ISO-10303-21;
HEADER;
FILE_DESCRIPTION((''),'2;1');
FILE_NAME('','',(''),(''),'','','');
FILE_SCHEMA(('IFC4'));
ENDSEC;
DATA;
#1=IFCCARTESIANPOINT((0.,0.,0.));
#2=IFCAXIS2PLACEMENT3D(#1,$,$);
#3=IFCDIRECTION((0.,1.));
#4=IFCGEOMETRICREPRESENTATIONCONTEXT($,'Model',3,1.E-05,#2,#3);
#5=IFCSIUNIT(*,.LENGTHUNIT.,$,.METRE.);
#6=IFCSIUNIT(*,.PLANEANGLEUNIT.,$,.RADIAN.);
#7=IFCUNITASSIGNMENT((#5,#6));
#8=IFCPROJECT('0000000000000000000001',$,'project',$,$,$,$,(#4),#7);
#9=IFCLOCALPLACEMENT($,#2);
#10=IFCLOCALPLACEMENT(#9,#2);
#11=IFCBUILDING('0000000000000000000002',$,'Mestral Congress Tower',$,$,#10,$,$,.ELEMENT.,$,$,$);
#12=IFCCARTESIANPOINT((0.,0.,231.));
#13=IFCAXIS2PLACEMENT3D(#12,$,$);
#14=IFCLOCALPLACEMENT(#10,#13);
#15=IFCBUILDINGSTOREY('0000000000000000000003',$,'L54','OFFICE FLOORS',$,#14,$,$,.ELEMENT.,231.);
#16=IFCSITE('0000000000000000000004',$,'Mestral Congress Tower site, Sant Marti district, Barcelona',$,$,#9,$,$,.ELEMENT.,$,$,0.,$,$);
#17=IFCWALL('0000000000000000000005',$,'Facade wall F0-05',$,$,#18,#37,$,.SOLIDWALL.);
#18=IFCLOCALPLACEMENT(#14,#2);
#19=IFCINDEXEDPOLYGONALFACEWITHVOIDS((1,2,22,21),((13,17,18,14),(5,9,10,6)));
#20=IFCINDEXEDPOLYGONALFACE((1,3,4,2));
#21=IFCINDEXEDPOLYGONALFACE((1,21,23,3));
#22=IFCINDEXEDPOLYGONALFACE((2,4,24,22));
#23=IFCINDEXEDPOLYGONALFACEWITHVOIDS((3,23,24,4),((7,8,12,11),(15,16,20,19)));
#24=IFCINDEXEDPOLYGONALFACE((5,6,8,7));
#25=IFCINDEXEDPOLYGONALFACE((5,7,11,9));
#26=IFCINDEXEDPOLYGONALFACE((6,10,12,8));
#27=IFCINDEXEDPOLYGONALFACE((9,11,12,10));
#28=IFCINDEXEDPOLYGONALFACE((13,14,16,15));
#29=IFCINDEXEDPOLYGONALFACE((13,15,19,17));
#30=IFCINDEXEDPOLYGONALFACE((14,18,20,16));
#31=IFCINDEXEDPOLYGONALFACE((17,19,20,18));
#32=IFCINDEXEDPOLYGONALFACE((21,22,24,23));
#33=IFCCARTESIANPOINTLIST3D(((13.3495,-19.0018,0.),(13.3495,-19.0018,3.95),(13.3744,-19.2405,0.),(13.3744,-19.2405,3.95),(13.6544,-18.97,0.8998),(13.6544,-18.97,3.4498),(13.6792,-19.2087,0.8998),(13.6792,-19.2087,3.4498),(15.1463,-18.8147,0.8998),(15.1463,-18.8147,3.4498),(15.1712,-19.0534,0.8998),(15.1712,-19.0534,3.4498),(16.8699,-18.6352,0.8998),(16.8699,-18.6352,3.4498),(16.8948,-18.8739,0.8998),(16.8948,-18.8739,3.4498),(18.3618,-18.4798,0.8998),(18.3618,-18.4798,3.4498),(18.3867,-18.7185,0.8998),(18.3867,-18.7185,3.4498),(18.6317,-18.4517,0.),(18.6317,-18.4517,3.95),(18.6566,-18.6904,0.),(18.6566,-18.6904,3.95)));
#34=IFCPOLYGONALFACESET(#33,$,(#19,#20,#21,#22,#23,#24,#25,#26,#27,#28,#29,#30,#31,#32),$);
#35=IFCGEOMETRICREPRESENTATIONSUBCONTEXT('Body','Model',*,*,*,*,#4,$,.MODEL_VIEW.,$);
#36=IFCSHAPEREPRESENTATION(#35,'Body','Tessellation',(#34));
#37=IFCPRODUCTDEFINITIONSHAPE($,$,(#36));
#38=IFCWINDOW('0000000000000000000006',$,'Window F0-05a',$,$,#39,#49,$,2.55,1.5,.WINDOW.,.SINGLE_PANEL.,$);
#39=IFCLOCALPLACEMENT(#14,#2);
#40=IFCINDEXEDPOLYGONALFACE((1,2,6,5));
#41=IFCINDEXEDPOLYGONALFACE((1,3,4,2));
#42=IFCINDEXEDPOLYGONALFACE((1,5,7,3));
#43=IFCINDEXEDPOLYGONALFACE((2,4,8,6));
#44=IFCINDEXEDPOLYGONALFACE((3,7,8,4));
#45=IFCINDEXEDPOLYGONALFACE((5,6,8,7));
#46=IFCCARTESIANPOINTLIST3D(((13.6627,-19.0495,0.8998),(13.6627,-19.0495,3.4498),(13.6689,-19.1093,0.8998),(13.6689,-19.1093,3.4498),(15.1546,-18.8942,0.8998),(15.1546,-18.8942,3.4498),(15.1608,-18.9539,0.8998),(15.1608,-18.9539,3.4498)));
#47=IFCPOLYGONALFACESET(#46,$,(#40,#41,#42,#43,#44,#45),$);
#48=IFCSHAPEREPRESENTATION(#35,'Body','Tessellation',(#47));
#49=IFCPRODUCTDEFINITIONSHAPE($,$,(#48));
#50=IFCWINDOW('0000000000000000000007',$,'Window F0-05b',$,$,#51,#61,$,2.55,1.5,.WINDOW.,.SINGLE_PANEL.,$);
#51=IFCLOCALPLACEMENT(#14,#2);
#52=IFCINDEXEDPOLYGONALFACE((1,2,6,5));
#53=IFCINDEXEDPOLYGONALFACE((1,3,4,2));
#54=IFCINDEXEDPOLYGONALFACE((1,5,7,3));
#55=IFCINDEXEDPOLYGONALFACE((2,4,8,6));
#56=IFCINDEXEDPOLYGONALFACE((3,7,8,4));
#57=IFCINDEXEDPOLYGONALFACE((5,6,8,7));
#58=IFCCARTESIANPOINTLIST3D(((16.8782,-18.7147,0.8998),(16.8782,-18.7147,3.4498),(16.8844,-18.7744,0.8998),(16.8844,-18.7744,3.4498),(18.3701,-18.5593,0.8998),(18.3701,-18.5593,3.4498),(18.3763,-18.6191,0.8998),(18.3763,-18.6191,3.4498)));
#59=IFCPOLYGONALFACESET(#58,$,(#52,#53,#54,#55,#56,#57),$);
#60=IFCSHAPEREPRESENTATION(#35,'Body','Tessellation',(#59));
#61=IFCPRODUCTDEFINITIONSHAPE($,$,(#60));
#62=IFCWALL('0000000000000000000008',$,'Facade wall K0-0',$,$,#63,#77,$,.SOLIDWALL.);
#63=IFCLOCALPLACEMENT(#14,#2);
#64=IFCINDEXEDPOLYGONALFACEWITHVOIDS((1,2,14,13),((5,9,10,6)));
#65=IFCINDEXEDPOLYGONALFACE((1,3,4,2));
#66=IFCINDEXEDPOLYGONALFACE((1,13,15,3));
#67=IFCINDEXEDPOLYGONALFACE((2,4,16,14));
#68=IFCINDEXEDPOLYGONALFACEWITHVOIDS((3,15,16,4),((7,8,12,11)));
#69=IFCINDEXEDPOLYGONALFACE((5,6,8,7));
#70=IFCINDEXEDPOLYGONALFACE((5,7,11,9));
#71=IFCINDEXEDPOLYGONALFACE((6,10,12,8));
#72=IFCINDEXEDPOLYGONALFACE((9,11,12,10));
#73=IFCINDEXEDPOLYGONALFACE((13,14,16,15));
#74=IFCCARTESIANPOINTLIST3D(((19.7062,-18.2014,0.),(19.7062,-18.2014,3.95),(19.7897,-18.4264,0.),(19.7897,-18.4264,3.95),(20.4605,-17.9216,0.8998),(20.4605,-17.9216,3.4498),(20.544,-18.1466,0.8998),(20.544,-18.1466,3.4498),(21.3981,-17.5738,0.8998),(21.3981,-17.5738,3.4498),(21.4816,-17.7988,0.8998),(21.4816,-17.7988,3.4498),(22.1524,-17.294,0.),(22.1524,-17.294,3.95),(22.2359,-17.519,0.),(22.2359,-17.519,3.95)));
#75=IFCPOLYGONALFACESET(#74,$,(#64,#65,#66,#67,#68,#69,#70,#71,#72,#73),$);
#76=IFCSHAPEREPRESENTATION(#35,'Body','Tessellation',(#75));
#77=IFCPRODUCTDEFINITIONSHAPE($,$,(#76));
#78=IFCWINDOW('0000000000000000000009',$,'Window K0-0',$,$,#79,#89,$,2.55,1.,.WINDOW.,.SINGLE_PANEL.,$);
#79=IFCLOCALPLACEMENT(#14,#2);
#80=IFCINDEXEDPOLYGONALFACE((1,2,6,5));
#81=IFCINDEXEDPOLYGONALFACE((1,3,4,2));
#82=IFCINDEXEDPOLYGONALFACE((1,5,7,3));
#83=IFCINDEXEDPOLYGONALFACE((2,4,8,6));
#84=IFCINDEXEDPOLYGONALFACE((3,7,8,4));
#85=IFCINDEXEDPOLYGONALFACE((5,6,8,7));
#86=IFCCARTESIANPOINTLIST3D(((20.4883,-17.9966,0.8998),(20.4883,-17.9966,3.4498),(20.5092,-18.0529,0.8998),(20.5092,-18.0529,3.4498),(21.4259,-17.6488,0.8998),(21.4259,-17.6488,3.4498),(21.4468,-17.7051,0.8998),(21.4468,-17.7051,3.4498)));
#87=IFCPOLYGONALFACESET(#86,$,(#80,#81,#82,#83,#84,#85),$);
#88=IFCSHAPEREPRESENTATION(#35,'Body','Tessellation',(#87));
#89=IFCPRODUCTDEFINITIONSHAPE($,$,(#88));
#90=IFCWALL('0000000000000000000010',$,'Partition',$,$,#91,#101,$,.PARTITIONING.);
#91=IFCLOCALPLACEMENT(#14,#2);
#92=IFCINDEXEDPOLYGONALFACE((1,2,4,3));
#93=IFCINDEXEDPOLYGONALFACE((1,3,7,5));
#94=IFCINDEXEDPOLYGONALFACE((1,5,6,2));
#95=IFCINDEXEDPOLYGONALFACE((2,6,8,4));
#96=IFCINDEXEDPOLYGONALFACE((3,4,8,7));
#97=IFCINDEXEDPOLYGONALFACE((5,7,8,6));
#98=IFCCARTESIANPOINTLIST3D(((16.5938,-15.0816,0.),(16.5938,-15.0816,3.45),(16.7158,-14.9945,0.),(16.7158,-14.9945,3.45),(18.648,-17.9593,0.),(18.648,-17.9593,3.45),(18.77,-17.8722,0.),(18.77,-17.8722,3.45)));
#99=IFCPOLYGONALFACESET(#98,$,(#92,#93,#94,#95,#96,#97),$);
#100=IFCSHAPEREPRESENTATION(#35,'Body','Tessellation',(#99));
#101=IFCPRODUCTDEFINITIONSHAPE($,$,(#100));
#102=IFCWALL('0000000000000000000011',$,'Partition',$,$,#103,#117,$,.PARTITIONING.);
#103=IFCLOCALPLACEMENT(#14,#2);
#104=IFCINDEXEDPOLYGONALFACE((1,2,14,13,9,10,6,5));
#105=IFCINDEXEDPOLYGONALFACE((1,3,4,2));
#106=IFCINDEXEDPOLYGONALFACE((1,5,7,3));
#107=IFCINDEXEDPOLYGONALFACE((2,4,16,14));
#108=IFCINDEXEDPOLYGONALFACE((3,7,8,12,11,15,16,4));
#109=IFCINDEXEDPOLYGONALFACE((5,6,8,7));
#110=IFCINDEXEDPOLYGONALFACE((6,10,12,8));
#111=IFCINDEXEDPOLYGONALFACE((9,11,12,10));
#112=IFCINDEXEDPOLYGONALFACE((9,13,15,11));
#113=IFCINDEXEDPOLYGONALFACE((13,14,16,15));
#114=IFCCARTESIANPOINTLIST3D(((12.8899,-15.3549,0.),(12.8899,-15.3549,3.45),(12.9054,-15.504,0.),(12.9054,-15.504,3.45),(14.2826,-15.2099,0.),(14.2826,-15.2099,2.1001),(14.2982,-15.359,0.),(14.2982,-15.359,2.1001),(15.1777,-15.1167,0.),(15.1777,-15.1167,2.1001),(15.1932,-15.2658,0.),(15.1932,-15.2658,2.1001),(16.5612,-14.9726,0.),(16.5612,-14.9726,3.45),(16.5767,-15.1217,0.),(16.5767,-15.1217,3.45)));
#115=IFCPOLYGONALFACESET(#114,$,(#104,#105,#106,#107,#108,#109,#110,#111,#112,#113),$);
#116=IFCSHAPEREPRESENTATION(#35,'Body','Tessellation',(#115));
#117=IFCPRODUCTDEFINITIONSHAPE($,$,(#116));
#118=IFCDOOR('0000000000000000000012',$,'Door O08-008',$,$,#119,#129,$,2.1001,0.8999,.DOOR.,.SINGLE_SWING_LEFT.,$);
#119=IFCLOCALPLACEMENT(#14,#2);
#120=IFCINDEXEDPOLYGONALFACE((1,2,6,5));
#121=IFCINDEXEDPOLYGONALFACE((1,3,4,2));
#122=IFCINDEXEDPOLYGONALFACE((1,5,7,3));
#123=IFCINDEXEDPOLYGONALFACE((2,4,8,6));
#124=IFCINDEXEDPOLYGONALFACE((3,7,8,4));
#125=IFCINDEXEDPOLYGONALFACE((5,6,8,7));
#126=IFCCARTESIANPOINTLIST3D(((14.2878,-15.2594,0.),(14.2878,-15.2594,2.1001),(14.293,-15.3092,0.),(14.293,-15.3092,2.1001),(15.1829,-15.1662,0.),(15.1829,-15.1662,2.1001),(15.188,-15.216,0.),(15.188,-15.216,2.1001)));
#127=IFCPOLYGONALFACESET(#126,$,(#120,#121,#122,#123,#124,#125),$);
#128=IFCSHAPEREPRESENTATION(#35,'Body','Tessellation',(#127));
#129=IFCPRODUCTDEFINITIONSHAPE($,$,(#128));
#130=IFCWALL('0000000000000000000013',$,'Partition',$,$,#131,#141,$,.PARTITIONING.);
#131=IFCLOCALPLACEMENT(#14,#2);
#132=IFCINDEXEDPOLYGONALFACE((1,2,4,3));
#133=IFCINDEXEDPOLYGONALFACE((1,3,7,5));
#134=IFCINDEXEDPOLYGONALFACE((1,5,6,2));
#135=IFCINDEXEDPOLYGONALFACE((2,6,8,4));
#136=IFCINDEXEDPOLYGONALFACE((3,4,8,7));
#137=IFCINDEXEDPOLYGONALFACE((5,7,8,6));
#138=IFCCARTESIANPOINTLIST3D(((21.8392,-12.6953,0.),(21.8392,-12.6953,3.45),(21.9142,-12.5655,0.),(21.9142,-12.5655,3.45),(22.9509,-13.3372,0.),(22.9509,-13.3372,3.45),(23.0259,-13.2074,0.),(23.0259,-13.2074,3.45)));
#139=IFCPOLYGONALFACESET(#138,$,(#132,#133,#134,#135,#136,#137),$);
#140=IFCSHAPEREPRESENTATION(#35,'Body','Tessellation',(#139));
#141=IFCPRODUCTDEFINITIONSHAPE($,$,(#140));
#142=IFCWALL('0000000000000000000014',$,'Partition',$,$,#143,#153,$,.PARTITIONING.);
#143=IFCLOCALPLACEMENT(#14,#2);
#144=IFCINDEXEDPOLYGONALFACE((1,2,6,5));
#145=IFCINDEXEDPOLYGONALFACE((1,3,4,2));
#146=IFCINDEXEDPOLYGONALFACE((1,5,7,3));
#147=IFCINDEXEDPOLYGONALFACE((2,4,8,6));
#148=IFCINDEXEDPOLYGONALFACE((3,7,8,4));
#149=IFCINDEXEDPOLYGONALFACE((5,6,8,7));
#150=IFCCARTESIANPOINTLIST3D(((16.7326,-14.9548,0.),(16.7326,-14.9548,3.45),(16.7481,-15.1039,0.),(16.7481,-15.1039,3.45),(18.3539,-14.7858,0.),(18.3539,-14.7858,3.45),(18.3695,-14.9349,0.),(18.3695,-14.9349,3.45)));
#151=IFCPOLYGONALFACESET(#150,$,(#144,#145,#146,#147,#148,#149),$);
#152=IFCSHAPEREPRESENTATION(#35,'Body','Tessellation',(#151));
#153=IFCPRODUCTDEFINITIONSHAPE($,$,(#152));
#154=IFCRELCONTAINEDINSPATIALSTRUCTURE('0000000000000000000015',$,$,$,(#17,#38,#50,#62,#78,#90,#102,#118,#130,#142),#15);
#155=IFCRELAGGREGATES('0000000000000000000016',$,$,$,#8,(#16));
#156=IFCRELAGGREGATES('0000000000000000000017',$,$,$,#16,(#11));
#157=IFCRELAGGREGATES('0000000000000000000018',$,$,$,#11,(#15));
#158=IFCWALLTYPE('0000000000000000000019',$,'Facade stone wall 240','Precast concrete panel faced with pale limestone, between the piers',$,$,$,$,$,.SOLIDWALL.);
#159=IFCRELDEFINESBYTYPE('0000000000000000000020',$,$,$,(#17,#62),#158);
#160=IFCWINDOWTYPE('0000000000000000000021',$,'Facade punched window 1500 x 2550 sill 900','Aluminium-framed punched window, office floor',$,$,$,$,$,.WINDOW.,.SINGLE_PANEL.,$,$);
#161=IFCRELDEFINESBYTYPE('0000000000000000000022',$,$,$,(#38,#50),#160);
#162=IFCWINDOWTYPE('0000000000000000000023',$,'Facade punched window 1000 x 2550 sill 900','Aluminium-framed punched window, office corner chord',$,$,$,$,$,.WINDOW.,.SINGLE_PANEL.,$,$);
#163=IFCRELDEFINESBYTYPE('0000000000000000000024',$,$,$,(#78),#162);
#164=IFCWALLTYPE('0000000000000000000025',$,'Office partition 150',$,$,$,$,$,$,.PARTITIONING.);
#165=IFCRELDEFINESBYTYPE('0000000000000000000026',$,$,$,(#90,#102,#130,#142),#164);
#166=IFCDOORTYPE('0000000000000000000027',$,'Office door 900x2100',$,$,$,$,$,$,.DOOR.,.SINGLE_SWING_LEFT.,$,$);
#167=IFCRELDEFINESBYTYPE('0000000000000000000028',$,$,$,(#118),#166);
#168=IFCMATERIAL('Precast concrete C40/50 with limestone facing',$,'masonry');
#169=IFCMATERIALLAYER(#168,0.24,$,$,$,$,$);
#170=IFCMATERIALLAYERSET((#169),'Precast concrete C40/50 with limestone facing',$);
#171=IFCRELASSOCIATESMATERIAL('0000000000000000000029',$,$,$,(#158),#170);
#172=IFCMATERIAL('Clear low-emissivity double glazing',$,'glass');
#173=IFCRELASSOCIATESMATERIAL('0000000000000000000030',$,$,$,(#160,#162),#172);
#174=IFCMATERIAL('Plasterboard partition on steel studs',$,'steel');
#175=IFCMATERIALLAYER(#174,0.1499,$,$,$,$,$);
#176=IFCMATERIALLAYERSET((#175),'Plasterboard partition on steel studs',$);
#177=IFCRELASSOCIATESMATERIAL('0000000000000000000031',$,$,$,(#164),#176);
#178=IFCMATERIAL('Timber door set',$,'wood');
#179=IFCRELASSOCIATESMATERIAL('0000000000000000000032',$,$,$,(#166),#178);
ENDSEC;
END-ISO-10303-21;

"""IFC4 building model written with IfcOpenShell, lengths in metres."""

from ifc_helpers import new_model, si_unit, direction, frame, frame_2d, origin, place, context, subcontext, project, spatial, rectangle, extrude, material, layer, layer_set, type_object, element, fill, save


model = new_model("IFC4")

# Units and contexts
model_context = context("Model", 3, precision=1e-05, world=origin(), true_north=direction((0.0, 1.0)))
body_context = subcontext(model_context, "Body", "Model", "MODEL_VIEW")
ifc_project = project(units=[si_unit("LENGTHUNIT", "METRE"), si_unit("PLANEANGLEUNIT", "RADIAN")], contexts=[model_context])

# Site, building, storey
site_placement = place(None, origin())
site = spatial("IfcSite", under=ifc_project, at=site_placement, Name="Mestral Congress Tower site, Sant Marti district, Barcelona", CompositionType="ELEMENT", RefElevation=0.0)
building_placement = place(site_placement, origin())
building = spatial("IfcBuilding", under=site, at=building_placement, Name="Mestral Congress Tower", CompositionType="ELEMENT")
storey_placement = place(building_placement, frame((0.0, 0.0, 231.0)))
storey = spatial("IfcBuildingStorey", under=building, at=storey_placement, Name="L54", Description="OFFICE FLOORS", CompositionType="ELEMENT", Elevation=231.0)

# Wall, openings, windows
ifc_material_1 = material(Name="Precast concrete C40/50 with limestone facing", Category="masonry")
ifc_layer_1 = layer(ifc_material_1, 0.24)
ifc_layer_set_1 = layer_set([ifc_layer_1], Name="Precast concrete C40/50 with limestone facing")
wall_type_1 = type_object("IfcWallType", Name="Facade stone wall 240", Description="Precast concrete panel faced with pale limestone, between the piers", PredefinedType="SOLIDWALL", material=ifc_layer_set_1)
wall_1_placement = place(storey_placement, frame((13.3621, -19.1211, 0.0), z_axis=(0.0, 0.0, 1.0), x_axis=(0.994622, 0.103572, 0.0)))
wall_1 = element("IfcWall", 1, at=wall_1_placement, inside=storey, type_object=wall_type_1, Name="Facade wall F0-05", PredefinedType="SOLIDWALL", context=body_context, shape_type="SweptSolid", body=[
    extrude(rectangle(XDim=5.3108, YDim=0.24, at=frame_2d((2.6553, 0.0))), origin(), (0.0, 0.0, 1.0), 3.95),
])
opening_1_placement = place(wall_1_placement, frame((0.3064, 0.0, 0.8999)))
opening_1 = element("IfcOpeningElement", 2, at=opening_1_placement, cuts=wall_1, PredefinedType="OPENING", context=body_context, shape_type="SweptSolid", body=[
    extrude(rectangle(XDim=1.5, YDim=2.55, at=frame_2d((0.75, 1.2749))), frame((0.0, 0.1299, 0.0), z_axis=(0.0, -1.0, 0.0), x_axis=(1.0, 0.0, 0.0)), (0.0, 0.0, 1.0), 0.26),
])
opening_2_placement = place(wall_1_placement, frame((3.5393, 0.0, 0.8999)))
opening_2 = element("IfcOpeningElement", 3, at=opening_2_placement, cuts=wall_1, PredefinedType="OPENING", context=body_context, shape_type="SweptSolid", body=[
    extrude(rectangle(XDim=1.5, YDim=2.55, at=frame_2d((0.75, 1.2749))), frame((0.0, 0.1299, 0.0), z_axis=(0.0, -1.0, 0.0), x_axis=(1.0, 0.0, 0.0)), (0.0, 0.0, 1.0), 0.26),
])
ifc_material_2 = material(Name="Clear low-emissivity double glazing", Category="glass")
window_type_1 = type_object("IfcWindowType", Name="Facade punched window 1500 x 2550 sill 900", Description="Aluminium-framed punched window, office floor", PartitioningType="SINGLE_PANEL", PredefinedType="WINDOW", material=ifc_material_2)
window_1_placement = place(opening_1_placement, origin())
window_1 = element("IfcWindow", 4, at=window_1_placement, inside=storey, type_object=window_type_1, Name="Window F0-05a", OverallHeight=2.55, OverallWidth=1.5, PartitioningType="SINGLE_PANEL", PredefinedType="WINDOW", context=body_context, shape_type="SweptSolid", body=[
    extrude(rectangle(XDim=1.5, YDim=2.55, at=frame_2d((0.75, 1.2749))), frame((0.0, 0.04, 0.0), z_axis=(0.0, -1.0, 0.0), x_axis=(1.0, 0.0, 0.0)), (0.0, 0.0, 1.0), 0.0601),
])
fill(opening_1, window_1)
window_2_placement = place(opening_2_placement, origin())
window_2 = element("IfcWindow", 5, at=window_2_placement, inside=storey, type_object=window_type_1, Name="Window F0-05b", OverallHeight=2.55, OverallWidth=1.5, PartitioningType="SINGLE_PANEL", PredefinedType="WINDOW", context=body_context, shape_type="SweptSolid", body=[
    extrude(rectangle(XDim=1.5, YDim=2.55, at=frame_2d((0.75, 1.2749))), frame((0.0, 0.04, 0.0), z_axis=(0.0, -1.0, 0.0), x_axis=(1.0, 0.0, 0.0)), (0.0, 0.0, 1.0), 0.0601),
])
fill(opening_2, window_2)

# Wall, opening, window
wall_2_placement = place(storey_placement, frame((19.7478, -18.314, 0.0), z_axis=(0.0, 0.0, 1.0), x_axis=(0.937569, 0.347799, 0.0)))
wall_2 = element("IfcWall", 6, at=wall_2_placement, inside=storey, type_object=wall_type_1, Name="Facade wall K0-0", PredefinedType="SOLIDWALL", context=body_context, shape_type="SweptSolid", body=[
    extrude(rectangle(XDim=2.6091, YDim=0.24, at=frame_2d((1.3047, 0.0))), origin(), (0.0, 0.0, 1.0), 3.95),
])
opening_3_placement = place(wall_2_placement, frame((0.8047, 0.0, 0.8999)))
opening_3 = element("IfcOpeningElement", 7, at=opening_3_placement, cuts=wall_2, PredefinedType="OPENING", context=body_context, shape_type="SweptSolid", body=[
    extrude(rectangle(XDim=1.0, YDim=2.55, at=frame_2d((0.5, 1.2749))), frame((0.0, 0.1299, 0.0), z_axis=(0.0, -1.0, 0.0), x_axis=(1.0, 0.0, 0.0)), (0.0, 0.0, 1.0), 0.26),
])
window_type_2 = type_object("IfcWindowType", Name="Facade punched window 1000 x 2550 sill 900", Description="Aluminium-framed punched window, office corner chord", PartitioningType="SINGLE_PANEL", PredefinedType="WINDOW", material=ifc_material_2)
window_3_placement = place(opening_3_placement, origin())
window_3 = element("IfcWindow", 8, at=window_3_placement, inside=storey, type_object=window_type_2, Name="Window K0-0", OverallHeight=2.55, OverallWidth=1.0, PartitioningType="SINGLE_PANEL", PredefinedType="WINDOW", context=body_context, shape_type="SweptSolid", body=[
    extrude(rectangle(XDim=1.0, YDim=2.55, at=frame_2d((0.5, 1.2749))), frame((0.0, 0.04, 0.0), z_axis=(0.0, -1.0, 0.0), x_axis=(1.0, 0.0, 0.0)), (0.0, 0.0, 1.0), 0.0601),
])
fill(opening_3, window_3)

# Wall
ifc_material_3 = material(Name="Plasterboard partition on steel studs", Category="steel")
ifc_layer_2 = layer(ifc_material_3, 0.1499)
ifc_layer_set_2 = layer_set([ifc_layer_2], Name="Plasterboard partition on steel studs")
wall_type_2 = type_object("IfcWallType", Name="Office partition 150", PredefinedType="PARTITIONING", material=ifc_layer_set_2)
wall_3_placement = place(storey_placement, frame((16.6548, -15.0381, 0.0), z_axis=(0.0, 0.0, 1.0), x_axis=(0.580996, -0.813906, 0.0)))
element("IfcWall", 9, at=wall_3_placement, inside=storey, type_object=wall_type_2, Name="Partition", PredefinedType="PARTITIONING", context=body_context, shape_type="SweptSolid", body=[
    extrude(rectangle(XDim=3.5356, YDim=0.1499, at=frame_2d((1.7678, 0.0))), origin(), (0.0, 0.0, 1.0), 3.45),
])

# Wall, opening, door
wall_4_placement = place(storey_placement, frame((16.5691, -15.0471, 0.0), z_axis=(0.0, 0.0, 1.0), x_axis=(-0.994622, -0.103576, 0.0)))
wall_4 = element("IfcWall", 10, at=wall_4_placement, inside=storey, type_object=wall_type_2, Name="Partition", PredefinedType="PARTITIONING", context=body_context, shape_type="SweptSolid", body=[
    extrude(rectangle(XDim=3.6912, YDim=0.1499, at=frame_2d((1.8457, 0.0))), origin(), (0.0, 0.0, 1.0), 3.45),
])
opening_4_placement = place(wall_4_placement, frame((1.3911, 0.0, 0.0)))
opening_4 = element("IfcOpeningElement", 11, at=opening_4_placement, cuts=wall_4, PredefinedType="OPENING", context=body_context, shape_type="SweptSolid", body=[
    extrude(rectangle(XDim=0.8999, YDim=2.1001, at=frame_2d((0.45, 1.05))), frame((0.0, 0.085, 0.0), z_axis=(0.0, -1.0, 0.0), x_axis=(1.0, 0.0, 0.0)), (0.0, 0.0, 1.0), 0.1699),
])
ifc_material_4 = material(Name="Timber door set", Category="wood")
door_type = type_object("IfcDoorType", Name="Office door 900x2100", OperationType="SINGLE_SWING_LEFT", PredefinedType="DOOR", material=ifc_material_4)
door_1_placement = place(opening_4_placement, origin())
door_1 = element("IfcDoor", 12, at=door_1_placement, inside=storey, type_object=door_type, Name="Door O08-008", OperationType="SINGLE_SWING_LEFT", OverallHeight=2.1001, OverallWidth=0.8999, PredefinedType="DOOR", context=body_context, shape_type="SweptSolid", body=[
    extrude(rectangle(XDim=0.8999, YDim=2.1001, at=frame_2d((0.45, 1.05))), frame((0.0, 0.0249, 0.0), z_axis=(0.0, -1.0, 0.0), x_axis=(1.0, 0.0, 0.0)), (0.0, 0.0, 1.0), 0.05),
])
fill(opening_4, door_1)

# Walls
wall_5_placement = place(storey_placement, frame((21.8767, -12.6304, 0.0), z_axis=(0.0, 0.0, 1.0), x_axis=(0.865999, -0.500046, 0.0)))
element("IfcWall", 13, at=wall_5_placement, inside=storey, type_object=wall_type_2, Name="Partition", PredefinedType="PARTITIONING", context=body_context, shape_type="SweptSolid", body=[
    extrude(rectangle(XDim=1.2837, YDim=0.1499, at=frame_2d((0.6418, 0.0))), origin(), (0.0, 0.0, 1.0), 3.45),
])
wall_6_placement = place(storey_placement, frame((16.7405, -15.0293, 0.0), z_axis=(0.0, 0.0, 1.0), x_axis=(0.994615, 0.10364, 0.0)))
element("IfcWall", 14, at=wall_6_placement, inside=storey, type_object=wall_type_2, Name="Partition", PredefinedType="PARTITIONING", context=body_context, shape_type="SweptSolid", body=[
    extrude(rectangle(XDim=1.6301, YDim=0.1499, at=frame_2d((0.8149, 0.0))), origin(), (0.0, 0.0, 1.0), 3.45),
])

save(model, "model.ifc")
